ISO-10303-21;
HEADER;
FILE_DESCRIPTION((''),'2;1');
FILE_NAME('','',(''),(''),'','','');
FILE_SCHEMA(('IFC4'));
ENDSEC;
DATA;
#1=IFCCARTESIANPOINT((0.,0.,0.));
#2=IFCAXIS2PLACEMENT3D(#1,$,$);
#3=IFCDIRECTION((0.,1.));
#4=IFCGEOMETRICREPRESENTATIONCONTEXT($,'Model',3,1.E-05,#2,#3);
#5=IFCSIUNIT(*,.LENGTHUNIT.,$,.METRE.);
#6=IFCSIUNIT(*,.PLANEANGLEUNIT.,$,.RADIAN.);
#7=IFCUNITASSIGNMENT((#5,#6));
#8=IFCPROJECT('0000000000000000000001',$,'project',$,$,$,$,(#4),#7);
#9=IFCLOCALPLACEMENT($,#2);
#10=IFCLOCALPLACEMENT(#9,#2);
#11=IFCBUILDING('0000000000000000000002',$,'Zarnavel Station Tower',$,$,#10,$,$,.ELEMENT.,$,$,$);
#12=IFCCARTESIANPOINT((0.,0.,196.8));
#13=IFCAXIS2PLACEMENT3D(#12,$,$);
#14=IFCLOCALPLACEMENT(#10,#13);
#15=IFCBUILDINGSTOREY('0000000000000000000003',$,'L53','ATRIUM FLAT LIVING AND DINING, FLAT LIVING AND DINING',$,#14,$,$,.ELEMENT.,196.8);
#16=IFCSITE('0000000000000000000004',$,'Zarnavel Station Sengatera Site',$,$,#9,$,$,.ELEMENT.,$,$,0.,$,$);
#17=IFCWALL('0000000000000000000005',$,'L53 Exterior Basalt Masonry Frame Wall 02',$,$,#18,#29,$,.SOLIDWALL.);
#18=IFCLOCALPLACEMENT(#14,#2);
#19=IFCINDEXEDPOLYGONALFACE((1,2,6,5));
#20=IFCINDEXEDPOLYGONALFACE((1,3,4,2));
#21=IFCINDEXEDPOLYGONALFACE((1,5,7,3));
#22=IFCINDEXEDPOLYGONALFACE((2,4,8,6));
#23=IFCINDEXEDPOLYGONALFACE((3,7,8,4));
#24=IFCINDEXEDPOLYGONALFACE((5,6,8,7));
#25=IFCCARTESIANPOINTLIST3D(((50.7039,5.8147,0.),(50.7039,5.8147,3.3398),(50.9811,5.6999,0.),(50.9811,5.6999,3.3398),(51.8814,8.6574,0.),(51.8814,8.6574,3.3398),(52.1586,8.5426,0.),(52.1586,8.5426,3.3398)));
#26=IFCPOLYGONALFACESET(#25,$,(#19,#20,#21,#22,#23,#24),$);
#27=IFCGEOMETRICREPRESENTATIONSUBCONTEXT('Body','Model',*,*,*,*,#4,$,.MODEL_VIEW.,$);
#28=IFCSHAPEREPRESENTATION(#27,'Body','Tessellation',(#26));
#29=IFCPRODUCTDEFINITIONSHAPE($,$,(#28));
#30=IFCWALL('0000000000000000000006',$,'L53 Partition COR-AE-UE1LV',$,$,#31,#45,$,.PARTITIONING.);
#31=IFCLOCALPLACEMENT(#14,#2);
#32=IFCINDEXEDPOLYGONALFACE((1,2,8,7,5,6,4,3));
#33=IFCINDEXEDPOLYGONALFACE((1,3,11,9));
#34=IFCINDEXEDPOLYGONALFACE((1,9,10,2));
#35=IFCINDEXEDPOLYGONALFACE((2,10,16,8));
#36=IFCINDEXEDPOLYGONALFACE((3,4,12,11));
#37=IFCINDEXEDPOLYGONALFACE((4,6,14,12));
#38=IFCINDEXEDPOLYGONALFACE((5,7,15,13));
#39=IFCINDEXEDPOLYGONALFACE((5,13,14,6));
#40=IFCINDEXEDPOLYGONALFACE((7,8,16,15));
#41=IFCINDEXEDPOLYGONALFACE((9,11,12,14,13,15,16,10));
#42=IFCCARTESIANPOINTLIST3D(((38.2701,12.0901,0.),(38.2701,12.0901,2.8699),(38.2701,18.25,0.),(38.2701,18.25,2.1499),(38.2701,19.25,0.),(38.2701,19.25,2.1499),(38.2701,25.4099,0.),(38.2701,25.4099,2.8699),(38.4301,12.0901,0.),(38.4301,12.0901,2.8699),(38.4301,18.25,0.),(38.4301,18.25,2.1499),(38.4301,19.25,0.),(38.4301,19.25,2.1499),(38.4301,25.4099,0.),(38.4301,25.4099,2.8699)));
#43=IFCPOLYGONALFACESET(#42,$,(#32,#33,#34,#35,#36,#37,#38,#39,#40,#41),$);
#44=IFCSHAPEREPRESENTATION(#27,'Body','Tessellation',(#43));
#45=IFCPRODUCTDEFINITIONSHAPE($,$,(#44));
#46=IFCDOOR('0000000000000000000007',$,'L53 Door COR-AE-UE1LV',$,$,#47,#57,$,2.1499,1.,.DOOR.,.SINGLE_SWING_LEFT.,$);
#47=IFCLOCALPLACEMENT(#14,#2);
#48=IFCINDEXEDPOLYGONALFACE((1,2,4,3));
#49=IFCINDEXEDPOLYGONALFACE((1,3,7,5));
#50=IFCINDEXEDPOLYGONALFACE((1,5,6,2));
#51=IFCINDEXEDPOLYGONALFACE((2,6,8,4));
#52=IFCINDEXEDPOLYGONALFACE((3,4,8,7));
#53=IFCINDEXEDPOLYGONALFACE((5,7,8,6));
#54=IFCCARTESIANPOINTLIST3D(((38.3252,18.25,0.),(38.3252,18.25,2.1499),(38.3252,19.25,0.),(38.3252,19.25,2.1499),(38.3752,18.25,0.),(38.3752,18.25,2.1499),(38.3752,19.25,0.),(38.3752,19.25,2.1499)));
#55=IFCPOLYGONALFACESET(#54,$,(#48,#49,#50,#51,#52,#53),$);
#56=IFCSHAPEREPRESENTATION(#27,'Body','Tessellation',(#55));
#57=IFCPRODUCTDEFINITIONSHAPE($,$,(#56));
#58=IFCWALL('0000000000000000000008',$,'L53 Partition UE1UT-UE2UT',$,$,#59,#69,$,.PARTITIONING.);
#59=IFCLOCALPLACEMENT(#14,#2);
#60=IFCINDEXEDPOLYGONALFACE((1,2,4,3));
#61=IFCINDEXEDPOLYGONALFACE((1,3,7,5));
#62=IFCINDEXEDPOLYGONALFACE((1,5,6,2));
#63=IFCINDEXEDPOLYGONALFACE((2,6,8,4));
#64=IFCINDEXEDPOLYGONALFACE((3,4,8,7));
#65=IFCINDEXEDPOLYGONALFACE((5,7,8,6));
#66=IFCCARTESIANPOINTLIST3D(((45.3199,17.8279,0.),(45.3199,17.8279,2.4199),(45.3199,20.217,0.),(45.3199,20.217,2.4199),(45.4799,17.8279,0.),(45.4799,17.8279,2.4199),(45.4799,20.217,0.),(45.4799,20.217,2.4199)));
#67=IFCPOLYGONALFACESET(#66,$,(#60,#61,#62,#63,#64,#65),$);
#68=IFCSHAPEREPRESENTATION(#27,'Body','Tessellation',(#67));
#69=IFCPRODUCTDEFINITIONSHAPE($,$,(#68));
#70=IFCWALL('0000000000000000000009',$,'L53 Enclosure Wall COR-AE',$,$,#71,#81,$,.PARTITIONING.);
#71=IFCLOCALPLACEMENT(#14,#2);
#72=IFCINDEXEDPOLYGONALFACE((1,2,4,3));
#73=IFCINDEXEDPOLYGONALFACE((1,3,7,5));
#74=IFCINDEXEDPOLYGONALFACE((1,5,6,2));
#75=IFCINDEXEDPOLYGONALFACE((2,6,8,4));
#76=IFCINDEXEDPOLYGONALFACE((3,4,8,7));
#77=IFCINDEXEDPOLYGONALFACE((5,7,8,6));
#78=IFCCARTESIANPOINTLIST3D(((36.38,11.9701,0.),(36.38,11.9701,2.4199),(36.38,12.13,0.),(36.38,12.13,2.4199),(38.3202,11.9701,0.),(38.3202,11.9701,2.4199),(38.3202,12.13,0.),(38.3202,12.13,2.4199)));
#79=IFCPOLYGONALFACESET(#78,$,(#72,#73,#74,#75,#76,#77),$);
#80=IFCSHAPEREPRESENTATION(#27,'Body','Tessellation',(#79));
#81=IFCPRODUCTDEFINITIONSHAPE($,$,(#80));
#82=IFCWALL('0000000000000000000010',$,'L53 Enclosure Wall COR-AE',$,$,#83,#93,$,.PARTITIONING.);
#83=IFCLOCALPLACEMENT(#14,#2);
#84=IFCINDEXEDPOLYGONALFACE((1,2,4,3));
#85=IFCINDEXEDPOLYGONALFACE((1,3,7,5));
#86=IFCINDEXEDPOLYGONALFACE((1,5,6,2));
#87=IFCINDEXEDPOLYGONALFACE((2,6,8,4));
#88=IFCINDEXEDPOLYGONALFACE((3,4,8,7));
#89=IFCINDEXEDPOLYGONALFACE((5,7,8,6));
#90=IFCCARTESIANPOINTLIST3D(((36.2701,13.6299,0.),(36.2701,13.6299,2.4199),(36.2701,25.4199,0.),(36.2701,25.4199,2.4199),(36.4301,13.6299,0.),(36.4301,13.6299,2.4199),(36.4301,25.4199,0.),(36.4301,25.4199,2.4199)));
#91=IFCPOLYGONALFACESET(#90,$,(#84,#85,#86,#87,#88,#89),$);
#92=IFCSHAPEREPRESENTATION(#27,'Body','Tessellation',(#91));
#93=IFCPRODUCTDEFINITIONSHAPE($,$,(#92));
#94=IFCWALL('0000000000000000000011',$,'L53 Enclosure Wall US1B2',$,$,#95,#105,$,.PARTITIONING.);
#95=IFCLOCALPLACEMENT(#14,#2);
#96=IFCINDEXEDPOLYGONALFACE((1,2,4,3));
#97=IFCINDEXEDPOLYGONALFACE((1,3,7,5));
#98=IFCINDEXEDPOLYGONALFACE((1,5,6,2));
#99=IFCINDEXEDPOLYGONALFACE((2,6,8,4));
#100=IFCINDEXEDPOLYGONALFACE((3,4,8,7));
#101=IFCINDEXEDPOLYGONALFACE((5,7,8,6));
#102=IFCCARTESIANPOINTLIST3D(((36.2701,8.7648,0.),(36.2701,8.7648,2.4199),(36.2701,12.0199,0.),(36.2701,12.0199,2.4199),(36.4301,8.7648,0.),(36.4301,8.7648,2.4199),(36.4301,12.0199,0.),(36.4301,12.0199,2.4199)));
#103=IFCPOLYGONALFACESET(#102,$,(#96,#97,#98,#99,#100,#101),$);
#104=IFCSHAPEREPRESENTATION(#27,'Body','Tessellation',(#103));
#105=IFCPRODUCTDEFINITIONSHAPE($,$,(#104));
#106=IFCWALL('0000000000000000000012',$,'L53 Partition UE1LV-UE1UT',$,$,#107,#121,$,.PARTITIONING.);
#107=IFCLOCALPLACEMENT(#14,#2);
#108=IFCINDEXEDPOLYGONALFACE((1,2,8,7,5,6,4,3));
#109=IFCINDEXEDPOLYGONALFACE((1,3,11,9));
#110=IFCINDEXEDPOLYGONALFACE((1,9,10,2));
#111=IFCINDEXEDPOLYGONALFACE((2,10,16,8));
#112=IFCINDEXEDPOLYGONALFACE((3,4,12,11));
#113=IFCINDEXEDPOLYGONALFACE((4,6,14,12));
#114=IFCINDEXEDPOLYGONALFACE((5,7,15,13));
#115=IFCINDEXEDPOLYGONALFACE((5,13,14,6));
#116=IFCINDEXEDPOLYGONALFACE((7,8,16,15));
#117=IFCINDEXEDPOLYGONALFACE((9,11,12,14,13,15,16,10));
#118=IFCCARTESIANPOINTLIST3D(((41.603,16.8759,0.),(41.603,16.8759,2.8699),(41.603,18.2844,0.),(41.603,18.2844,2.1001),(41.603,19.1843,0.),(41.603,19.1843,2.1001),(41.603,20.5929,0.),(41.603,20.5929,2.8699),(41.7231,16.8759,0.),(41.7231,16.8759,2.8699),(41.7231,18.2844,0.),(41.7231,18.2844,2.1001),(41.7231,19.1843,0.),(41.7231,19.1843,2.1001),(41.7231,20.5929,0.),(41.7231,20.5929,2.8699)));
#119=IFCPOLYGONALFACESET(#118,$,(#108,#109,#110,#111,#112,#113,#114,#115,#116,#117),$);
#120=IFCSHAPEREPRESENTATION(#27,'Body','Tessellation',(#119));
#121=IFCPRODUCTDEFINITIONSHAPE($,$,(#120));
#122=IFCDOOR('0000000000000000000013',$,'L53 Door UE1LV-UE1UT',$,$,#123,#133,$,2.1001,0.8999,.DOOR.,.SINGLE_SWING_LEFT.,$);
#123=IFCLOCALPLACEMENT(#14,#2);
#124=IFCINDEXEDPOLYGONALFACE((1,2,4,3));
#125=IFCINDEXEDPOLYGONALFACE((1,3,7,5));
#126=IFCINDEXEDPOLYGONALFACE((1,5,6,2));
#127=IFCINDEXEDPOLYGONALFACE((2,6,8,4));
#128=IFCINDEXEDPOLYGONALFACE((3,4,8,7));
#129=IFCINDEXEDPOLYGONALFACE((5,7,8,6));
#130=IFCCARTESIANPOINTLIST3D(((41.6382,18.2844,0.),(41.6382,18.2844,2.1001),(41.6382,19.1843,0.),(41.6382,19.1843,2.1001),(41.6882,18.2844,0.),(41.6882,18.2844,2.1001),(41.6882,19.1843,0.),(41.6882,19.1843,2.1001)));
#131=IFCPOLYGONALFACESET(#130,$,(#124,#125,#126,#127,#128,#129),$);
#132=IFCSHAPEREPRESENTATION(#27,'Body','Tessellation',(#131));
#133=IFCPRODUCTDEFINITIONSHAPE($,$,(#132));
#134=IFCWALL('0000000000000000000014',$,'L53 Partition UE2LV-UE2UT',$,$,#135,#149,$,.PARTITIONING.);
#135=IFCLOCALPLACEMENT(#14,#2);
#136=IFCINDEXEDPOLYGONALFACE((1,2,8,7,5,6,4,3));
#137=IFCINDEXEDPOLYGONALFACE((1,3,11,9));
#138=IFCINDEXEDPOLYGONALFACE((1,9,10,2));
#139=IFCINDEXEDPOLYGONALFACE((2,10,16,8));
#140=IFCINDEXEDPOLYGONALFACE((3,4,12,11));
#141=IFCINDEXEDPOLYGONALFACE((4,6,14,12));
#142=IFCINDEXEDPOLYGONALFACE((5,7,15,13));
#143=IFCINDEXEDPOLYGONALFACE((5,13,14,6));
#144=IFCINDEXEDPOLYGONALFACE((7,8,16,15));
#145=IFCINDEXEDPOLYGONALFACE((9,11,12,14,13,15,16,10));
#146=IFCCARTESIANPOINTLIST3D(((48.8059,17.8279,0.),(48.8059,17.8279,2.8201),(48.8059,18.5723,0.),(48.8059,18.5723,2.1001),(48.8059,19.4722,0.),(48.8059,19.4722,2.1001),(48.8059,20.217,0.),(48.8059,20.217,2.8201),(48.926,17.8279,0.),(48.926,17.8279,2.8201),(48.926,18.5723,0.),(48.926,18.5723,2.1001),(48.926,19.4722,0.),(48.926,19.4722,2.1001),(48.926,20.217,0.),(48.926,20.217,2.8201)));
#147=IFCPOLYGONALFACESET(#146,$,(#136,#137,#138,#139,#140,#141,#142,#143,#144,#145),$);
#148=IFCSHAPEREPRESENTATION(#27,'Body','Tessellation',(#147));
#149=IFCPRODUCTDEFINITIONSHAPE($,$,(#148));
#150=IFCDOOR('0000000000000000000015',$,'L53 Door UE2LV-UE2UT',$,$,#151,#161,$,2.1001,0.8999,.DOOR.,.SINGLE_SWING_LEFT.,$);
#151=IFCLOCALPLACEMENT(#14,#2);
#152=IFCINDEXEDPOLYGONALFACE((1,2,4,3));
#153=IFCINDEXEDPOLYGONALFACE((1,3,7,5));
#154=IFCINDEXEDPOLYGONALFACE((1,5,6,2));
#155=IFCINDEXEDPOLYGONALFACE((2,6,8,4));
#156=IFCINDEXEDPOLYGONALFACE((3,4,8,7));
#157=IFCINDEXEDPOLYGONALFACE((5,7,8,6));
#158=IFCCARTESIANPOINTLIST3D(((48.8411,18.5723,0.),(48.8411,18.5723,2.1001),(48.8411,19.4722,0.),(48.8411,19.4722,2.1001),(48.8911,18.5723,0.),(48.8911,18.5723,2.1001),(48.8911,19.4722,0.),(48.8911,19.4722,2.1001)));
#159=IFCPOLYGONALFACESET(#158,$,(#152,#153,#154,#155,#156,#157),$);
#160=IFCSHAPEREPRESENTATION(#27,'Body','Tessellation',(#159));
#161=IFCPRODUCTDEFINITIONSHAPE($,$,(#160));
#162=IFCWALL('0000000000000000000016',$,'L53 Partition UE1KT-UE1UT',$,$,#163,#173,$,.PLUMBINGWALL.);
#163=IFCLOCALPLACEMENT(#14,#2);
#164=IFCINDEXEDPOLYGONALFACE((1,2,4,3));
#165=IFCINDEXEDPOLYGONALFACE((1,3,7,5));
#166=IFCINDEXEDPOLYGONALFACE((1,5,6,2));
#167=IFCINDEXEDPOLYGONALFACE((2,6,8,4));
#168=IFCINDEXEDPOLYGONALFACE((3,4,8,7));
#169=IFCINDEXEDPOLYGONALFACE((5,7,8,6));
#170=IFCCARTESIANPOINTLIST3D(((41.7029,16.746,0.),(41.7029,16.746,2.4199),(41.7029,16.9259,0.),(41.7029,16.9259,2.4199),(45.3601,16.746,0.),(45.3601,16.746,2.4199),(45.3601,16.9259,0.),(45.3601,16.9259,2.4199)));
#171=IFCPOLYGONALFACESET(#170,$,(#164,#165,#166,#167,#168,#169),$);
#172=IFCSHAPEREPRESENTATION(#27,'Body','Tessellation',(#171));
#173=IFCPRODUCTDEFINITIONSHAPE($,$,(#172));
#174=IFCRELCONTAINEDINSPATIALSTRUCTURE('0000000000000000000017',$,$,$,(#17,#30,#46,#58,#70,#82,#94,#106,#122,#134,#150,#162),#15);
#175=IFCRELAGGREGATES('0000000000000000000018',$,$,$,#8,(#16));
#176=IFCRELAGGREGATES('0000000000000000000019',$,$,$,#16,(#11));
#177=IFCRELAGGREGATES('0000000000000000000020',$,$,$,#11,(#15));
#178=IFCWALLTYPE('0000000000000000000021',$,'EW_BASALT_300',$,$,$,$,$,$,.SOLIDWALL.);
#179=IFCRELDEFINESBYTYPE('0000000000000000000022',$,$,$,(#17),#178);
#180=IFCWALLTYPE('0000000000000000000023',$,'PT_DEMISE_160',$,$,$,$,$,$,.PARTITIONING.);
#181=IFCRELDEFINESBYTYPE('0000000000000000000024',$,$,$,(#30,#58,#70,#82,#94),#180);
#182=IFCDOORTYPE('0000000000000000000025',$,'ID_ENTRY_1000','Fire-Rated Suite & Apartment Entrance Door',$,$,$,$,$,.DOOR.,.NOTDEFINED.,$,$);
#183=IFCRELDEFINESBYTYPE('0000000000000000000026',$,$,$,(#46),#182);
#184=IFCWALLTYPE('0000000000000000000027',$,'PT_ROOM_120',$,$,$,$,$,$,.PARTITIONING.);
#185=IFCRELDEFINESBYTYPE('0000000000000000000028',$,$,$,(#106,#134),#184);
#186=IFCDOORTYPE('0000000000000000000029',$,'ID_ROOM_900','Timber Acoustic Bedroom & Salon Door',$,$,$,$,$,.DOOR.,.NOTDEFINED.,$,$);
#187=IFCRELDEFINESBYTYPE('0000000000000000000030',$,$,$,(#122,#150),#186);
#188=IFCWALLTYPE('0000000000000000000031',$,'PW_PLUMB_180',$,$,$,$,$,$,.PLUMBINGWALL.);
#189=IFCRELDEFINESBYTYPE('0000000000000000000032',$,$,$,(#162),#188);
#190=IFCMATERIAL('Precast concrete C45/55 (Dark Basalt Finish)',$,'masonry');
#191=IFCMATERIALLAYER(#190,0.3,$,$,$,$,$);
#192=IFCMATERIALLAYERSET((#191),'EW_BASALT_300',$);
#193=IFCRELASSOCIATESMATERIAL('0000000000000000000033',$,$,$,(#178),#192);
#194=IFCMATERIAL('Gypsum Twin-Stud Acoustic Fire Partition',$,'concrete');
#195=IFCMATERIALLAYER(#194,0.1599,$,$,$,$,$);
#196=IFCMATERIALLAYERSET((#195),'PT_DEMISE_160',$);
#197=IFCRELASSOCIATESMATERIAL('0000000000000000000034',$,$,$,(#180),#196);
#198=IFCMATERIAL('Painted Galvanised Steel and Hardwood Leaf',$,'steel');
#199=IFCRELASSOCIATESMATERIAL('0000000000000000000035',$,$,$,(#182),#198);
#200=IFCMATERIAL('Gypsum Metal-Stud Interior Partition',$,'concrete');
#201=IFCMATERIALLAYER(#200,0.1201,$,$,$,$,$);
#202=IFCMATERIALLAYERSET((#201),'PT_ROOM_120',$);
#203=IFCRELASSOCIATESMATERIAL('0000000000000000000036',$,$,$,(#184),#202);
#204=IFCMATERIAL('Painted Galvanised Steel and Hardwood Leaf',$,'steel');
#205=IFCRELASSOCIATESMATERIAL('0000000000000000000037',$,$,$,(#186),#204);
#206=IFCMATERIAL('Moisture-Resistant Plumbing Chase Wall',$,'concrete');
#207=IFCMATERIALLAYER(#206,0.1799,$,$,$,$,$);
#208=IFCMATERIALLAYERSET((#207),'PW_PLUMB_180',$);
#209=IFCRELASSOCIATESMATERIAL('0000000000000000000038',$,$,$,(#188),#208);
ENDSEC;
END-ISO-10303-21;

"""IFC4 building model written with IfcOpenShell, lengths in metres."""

from ifc_helpers import new_model, si_unit, direction, frame, frame_2d, origin, place, context, subcontext, project, spatial, rectangle, extrude, material, layer, layer_set, type_object, element, fill, save


model = new_model("IFC4")

# Units and contexts
model_context = context("Model", 3, precision=1e-05, world=origin(), true_north=direction((0.0, 1.0)))
body_context = subcontext(model_context, "Body", "Model", "MODEL_VIEW")
ifc_project = project(units=[si_unit("LENGTHUNIT", "METRE"), si_unit("PLANEANGLEUNIT", "RADIAN")], contexts=[model_context])

# Site, building, storey
site_placement = place(None, origin())
site = spatial("IfcSite", under=ifc_project, at=site_placement, Name="Zarnavel Station Sengatera Site", CompositionType="ELEMENT", RefElevation=0.0)
building_placement = place(site_placement, origin())
building = spatial("IfcBuilding", under=site, at=building_placement, Name="Zarnavel Station Tower", CompositionType="ELEMENT")
storey_placement = place(building_placement, frame((0.0, 0.0, 196.8)))
storey = spatial("IfcBuildingStorey", under=building, at=storey_placement, Name="L53", Description="ATRIUM FLAT LIVING AND DINING, FLAT LIVING AND DINING", CompositionType="ELEMENT", Elevation=196.8)

# Wall
ifc_material_1 = material(Name="Precast concrete C45/55 (Dark Basalt Finish)", Category="masonry")
ifc_layer_1 = layer(ifc_material_1, 0.3)
ifc_layer_set_1 = layer_set([ifc_layer_1], Name="EW_BASALT_300")
wall_type_1 = type_object("IfcWallType", Name="EW_BASALT_300", PredefinedType="SOLIDWALL", material=ifc_layer_set_1)
wall_1_placement = place(storey_placement, frame((52.02, 8.6001, 0.0), z_axis=(0.0, 0.0, 1.0), x_axis=(-0.382676, -0.923882, 0.0)))
element("IfcWall", 1, at=wall_1_placement, inside=storey, type_object=wall_type_1, Name="L53 Exterior Basalt Masonry Frame Wall 02", PredefinedType="SOLIDWALL", context=body_context, shape_type="SweptSolid", body=[
    extrude(rectangle(XDim=3.0769, YDim=0.3, at=frame_2d((1.5386, 0.0))), origin(), (0.0, 0.0, 1.0), 3.3398),
])

# Wall, opening, door
ifc_material_2 = material(Name="Gypsum Twin-Stud Acoustic Fire Partition", Category="concrete")
ifc_layer_2 = layer(ifc_material_2, 0.1599)
ifc_layer_set_2 = layer_set([ifc_layer_2], Name="PT_DEMISE_160")
wall_type_2 = type_object("IfcWallType", Name="PT_DEMISE_160", PredefinedType="PARTITIONING", material=ifc_layer_set_2)
wall_2_placement = place(storey_placement, frame((38.3501, 12.0901, 0.0), z_axis=(0.0, 0.0, 1.0), x_axis=(0.0, 1.0, 0.0)))
wall_2 = element("IfcWall", 2, at=wall_2_placement, inside=storey, type_object=wall_type_2, Name="L53 Partition COR-AE-UE1LV", PredefinedType="PARTITIONING", context=body_context, shape_type="SweptSolid", body=[
    extrude(rectangle(XDim=13.3198, YDim=0.1599, at=frame_2d((6.6599, 0.0))), origin(), (0.0, 0.0, 1.0), 2.8699),
])
opening_1_placement = place(wall_2_placement, frame((6.1599, 0.0, 0.0)))
opening_1 = element("IfcOpeningElement", 3, at=opening_1_placement, cuts=wall_2, PredefinedType="OPENING", context=body_context, shape_type="SweptSolid", body=[
    extrude(rectangle(XDim=1.0, YDim=2.1499, at=frame_2d((0.5, 1.075))), frame((0.0, 0.0898, 0.0), z_axis=(0.0, -1.0, 0.0), x_axis=(1.0, 0.0, 0.0)), (0.0, 0.0, 1.0), 0.1799),
])
ifc_material_3 = material(Name="Painted Galvanised Steel and Hardwood Leaf", Category="steel")
door_type_1 = type_object("IfcDoorType", Name="ID_ENTRY_1000", Description="Fire-Rated Suite & Apartment Entrance Door", OperationType="NOTDEFINED", PredefinedType="DOOR", material=ifc_material_3)
door_1_placement = place(opening_1_placement, origin())
door_1 = element("IfcDoor", 4, at=door_1_placement, inside=storey, type_object=door_type_1, Name="L53 Door COR-AE-UE1LV", OperationType="SINGLE_SWING_LEFT", OverallHeight=2.1499, OverallWidth=1.0, PredefinedType="DOOR", context=body_context, shape_type="SweptSolid", body=[
    extrude(rectangle(XDim=1.0, YDim=2.1499, at=frame_2d((0.5, 1.075))), frame((0.0, 0.0249, 0.0), z_axis=(0.0, -1.0, 0.0), x_axis=(1.0, 0.0, 0.0)), (0.0, 0.0, 1.0), 0.05),
])
fill(opening_1, door_1)

# Walls
wall_3_placement = place(storey_placement, frame((45.3999, 17.8279, 0.0), z_axis=(0.0, 0.0, 1.0), x_axis=(0.0, 1.0, 0.0)))
element("IfcWall", 5, at=wall_3_placement, inside=storey, type_object=wall_type_2, Name="L53 Partition UE1UT-UE2UT", PredefinedType="PARTITIONING", context=body_context, shape_type="SweptSolid", body=[
    extrude(rectangle(XDim=2.3892, YDim=0.1599, at=frame_2d((1.1946, 0.0))), origin(), (0.0, 0.0, 1.0), 2.4199),
])
wall_4_placement = place(storey_placement, frame((36.3799, 12.05, 0.0), z_axis=(0.0, 0.0, 1.0), x_axis=(1.0, 0.0, 0.0)))
element("IfcWall", 6, at=wall_4_placement, inside=storey, type_object=wall_type_2, Name="L53 Enclosure Wall COR-AE", PredefinedType="PARTITIONING", context=body_context, shape_type="SweptSolid", body=[
    extrude(rectangle(XDim=1.9402, YDim=0.1599, at=frame_2d((0.9702, 0.0))), origin(), (0.0, 0.0, 1.0), 2.4199),
])
wall_5_placement = place(storey_placement, frame((36.3501, 13.6299, 0.0), z_axis=(0.0, 0.0, 1.0), x_axis=(0.0, 1.0, 0.0)))
element("IfcWall", 7, at=wall_5_placement, inside=storey, type_object=wall_type_2, Name="L53 Enclosure Wall COR-AE", PredefinedType="PARTITIONING", context=body_context, shape_type="SweptSolid", body=[
    extrude(rectangle(XDim=11.79, YDim=0.1599, at=frame_2d((5.895, 0.0))), origin(), (0.0, 0.0, 1.0), 2.4199),
])
wall_6_placement = place(storey_placement, frame((36.3501, 8.7649, 0.0), z_axis=(0.0, 0.0, 1.0), x_axis=(0.0, 1.0, 0.0)))
element("IfcWall", 8, at=wall_6_placement, inside=storey, type_object=wall_type_2, Name="L53 Enclosure Wall US1B2", PredefinedType="PARTITIONING", context=body_context, shape_type="SweptSolid", body=[
    extrude(rectangle(XDim=3.2551, YDim=0.1599, at=frame_2d((1.6274, 0.0))), origin(), (0.0, 0.0, 1.0), 2.4199),
])

# Walls, openings, doors
ifc_material_4 = material(Name="Gypsum Metal-Stud Interior Partition", Category="concrete")
ifc_layer_3 = layer(ifc_material_4, 0.1201)
ifc_layer_set_3 = layer_set([ifc_layer_3], Name="PT_ROOM_120")
wall_type_3 = type_object("IfcWallType", Name="PT_ROOM_120", PredefinedType="PARTITIONING", material=ifc_layer_set_3)
wall_7_placement = place(storey_placement, frame((41.6631, 16.876, 0.0), z_axis=(0.0, 0.0, 1.0), x_axis=(0.0, 1.0, 0.0)))
wall_7 = element("IfcWall", 9, at=wall_7_placement, inside=storey, type_object=wall_type_3, Name="L53 Partition UE1LV-UE1UT", PredefinedType="PARTITIONING", context=body_context, shape_type="SweptSolid", body=[
    extrude(rectangle(XDim=3.717, YDim=0.1201, at=frame_2d((1.8584, 0.0))), origin(), (0.0, 0.0, 1.0), 2.8699),
])
opening_2_placement = place(wall_7_placement, frame((1.4084, 0.0, 0.0)))
opening_2 = element("IfcOpeningElement", 10, at=opening_2_placement, cuts=wall_7, PredefinedType="OPENING", context=body_context, shape_type="SweptSolid", body=[
    extrude(rectangle(XDim=0.8999, YDim=2.1001, at=frame_2d((0.45, 1.05))), frame((0.0, 0.0701, 0.0), z_axis=(0.0, -1.0, 0.0), x_axis=(1.0, 0.0, 0.0)), (0.0, 0.0, 1.0), 0.1401),
])
ifc_material_5 = material(Name="Painted Galvanised Steel and Hardwood Leaf", Category="steel")
door_type_2 = type_object("IfcDoorType", Name="ID_ROOM_900", Description="Timber Acoustic Bedroom & Salon Door", OperationType="NOTDEFINED", PredefinedType="DOOR", material=ifc_material_5)
door_2_placement = place(opening_2_placement, origin())
door_2 = element("IfcDoor", 11, at=door_2_placement, inside=storey, type_object=door_type_2, Name="L53 Door UE1LV-UE1UT", OperationType="SINGLE_SWING_LEFT", OverallHeight=2.1001, OverallWidth=0.8999, PredefinedType="DOOR", context=body_context, shape_type="SweptSolid", body=[
    extrude(rectangle(XDim=0.8999, YDim=2.1001, at=frame_2d((0.45, 1.05))), frame((0.0, 0.0249, 0.0), z_axis=(0.0, -1.0, 0.0), x_axis=(1.0, 0.0, 0.0)), (0.0, 0.0, 1.0), 0.05),
])
fill(opening_2, door_2)
wall_8_placement = place(storey_placement, frame((48.866, 17.8279, 0.0), z_axis=(0.0, 0.0, 1.0), x_axis=(0.0, 1.0, 0.0)))
wall_8 = element("IfcWall", 12, at=wall_8_placement, inside=storey, type_object=wall_type_3, Name="L53 Partition UE2LV-UE2UT", PredefinedType="PARTITIONING", context=body_context, shape_type="SweptSolid", body=[
    extrude(rectangle(XDim=2.3892, YDim=0.1201, at=frame_2d((1.1946, 0.0))), origin(), (0.0, 0.0, 1.0), 2.8201),
])
opening_3_placement = place(wall_8_placement, frame((0.7444, 0.0, 0.0)))
opening_3 = element("IfcOpeningElement", 13, at=opening_3_placement, cuts=wall_8, PredefinedType="OPENING", context=body_context, shape_type="SweptSolid", body=[
    extrude(rectangle(XDim=0.8999, YDim=2.1001, at=frame_2d((0.45, 1.05))), frame((0.0, 0.0701, 0.0), z_axis=(0.0, -1.0, 0.0), x_axis=(1.0, 0.0, 0.0)), (0.0, 0.0, 1.0), 0.1401),
])
door_3_placement = place(opening_3_placement, origin())
door_3 = element("IfcDoor", 14, at=door_3_placement, inside=storey, type_object=door_type_2, Name="L53 Door UE2LV-UE2UT", OperationType="SINGLE_SWING_LEFT", OverallHeight=2.1001, OverallWidth=0.8999, PredefinedType="DOOR", context=body_context, shape_type="SweptSolid", body=[
    extrude(rectangle(XDim=0.8999, YDim=2.1001, at=frame_2d((0.45, 1.05))), frame((0.0, 0.0249, 0.0), z_axis=(0.0, -1.0, 0.0), x_axis=(1.0, 0.0, 0.0)), (0.0, 0.0, 1.0), 0.05),
])
fill(opening_3, door_3)

# Wall
ifc_material_6 = material(Name="Moisture-Resistant Plumbing Chase Wall", Category="concrete")
ifc_layer_4 = layer(ifc_material_6, 0.1799)
ifc_layer_set_4 = layer_set([ifc_layer_4], Name="PW_PLUMB_180")
wall_type_4 = type_object("IfcWallType", Name="PW_PLUMB_180", PredefinedType="PLUMBINGWALL", material=ifc_layer_set_4)
wall_9_placement = place(storey_placement, frame((41.7029, 16.8359, 0.0), z_axis=(0.0, 0.0, 1.0), x_axis=(1.0, 0.0, 0.0)))
element("IfcWall", 15, at=wall_9_placement, inside=storey, type_object=wall_type_4, Name="L53 Partition UE1KT-UE1UT", PredefinedType="PLUMBINGWALL", context=body_context, shape_type="SweptSolid", body=[
    extrude(rectangle(XDim=3.6572, YDim=0.1799, at=frame_2d((1.8286, 0.0))), origin(), (0.0, 0.0, 1.0), 2.4199),
])

save(model, "model.ifc")
